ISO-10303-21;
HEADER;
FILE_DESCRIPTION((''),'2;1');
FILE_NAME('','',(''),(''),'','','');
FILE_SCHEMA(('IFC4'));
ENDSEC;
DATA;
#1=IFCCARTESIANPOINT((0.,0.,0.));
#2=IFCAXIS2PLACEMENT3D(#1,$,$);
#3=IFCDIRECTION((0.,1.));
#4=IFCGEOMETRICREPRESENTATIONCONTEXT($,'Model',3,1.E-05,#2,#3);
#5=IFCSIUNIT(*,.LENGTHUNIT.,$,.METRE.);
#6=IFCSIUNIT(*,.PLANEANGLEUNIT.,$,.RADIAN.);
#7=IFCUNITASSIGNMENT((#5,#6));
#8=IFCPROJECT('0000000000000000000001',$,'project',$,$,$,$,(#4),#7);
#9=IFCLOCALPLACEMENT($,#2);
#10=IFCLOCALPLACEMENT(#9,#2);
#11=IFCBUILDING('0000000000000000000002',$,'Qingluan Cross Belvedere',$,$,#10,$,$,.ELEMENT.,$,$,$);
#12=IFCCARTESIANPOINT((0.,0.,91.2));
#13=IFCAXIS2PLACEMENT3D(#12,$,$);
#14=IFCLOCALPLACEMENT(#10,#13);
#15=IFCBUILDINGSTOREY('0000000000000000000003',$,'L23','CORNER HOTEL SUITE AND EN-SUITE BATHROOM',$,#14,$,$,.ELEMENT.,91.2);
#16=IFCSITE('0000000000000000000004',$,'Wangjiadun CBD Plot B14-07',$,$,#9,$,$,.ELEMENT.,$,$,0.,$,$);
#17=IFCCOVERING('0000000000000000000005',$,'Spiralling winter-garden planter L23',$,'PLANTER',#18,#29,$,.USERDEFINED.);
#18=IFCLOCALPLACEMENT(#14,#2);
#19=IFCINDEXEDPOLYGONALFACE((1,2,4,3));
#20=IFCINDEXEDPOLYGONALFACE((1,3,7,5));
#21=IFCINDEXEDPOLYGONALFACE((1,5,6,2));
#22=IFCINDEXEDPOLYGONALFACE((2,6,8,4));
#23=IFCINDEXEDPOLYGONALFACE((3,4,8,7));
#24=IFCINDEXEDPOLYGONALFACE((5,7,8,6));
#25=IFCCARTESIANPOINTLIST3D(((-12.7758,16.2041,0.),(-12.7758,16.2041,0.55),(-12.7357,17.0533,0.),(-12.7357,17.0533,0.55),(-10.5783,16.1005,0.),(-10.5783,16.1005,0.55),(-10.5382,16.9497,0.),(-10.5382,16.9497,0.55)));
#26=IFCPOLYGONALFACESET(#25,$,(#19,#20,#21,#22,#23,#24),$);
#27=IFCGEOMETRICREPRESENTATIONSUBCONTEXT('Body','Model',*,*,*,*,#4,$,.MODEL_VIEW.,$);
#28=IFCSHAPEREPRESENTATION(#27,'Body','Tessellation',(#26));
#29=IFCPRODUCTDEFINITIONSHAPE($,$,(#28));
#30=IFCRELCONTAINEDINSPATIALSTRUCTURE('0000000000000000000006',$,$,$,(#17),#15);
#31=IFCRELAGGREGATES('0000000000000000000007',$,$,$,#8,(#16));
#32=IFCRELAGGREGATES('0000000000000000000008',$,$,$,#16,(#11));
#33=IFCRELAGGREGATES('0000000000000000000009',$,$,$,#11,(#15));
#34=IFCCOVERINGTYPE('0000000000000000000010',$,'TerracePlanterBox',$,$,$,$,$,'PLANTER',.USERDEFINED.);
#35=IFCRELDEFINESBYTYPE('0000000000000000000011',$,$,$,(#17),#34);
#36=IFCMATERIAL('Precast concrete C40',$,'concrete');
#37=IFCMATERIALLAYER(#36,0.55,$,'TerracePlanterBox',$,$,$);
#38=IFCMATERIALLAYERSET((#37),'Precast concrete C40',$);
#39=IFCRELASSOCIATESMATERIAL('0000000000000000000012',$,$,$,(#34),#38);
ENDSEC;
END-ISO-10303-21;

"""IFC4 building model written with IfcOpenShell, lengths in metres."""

from ifc_helpers import new_model, si_unit, direction, frame, origin, origin_2d, place, context, subcontext, project, spatial, rectangle, extrude, material, layer, layer_set, type_object, element, save


model = new_model("IFC4")

# Units and contexts
model_context = context("Model", 3, precision=1e-05, world=origin(), true_north=direction((0.0, 1.0)))
body_context = subcontext(model_context, "Body", "Model", "MODEL_VIEW")
ifc_project = project(units=[si_unit("LENGTHUNIT", "METRE"), si_unit("PLANEANGLEUNIT", "RADIAN")], contexts=[model_context])

# Site, building, storey
site_placement = place(None, origin())
site = spatial("IfcSite", under=ifc_project, at=site_placement, Name="Wangjiadun CBD Plot B14-07", CompositionType="ELEMENT", RefElevation=0.0)
building_placement = place(site_placement, origin())
building = spatial("IfcBuilding", under=site, at=building_placement, Name="Qingluan Cross Belvedere", CompositionType="ELEMENT")
storey_placement = place(building_placement, frame((0.0, 0.0, 91.2)))
storey = spatial("IfcBuildingStorey", under=building, at=storey_placement, Name="L23", Description="CORNER HOTEL SUITE AND EN-SUITE BATHROOM", CompositionType="ELEMENT", Elevation=91.2)

# Covering
ifc_material_1 = material(Name="Precast concrete C40", Category="concrete")
ifc_layer_1 = layer(ifc_material_1, 0.55, Name="TerracePlanterBox")
ifc_layer_set_1 = layer_set([ifc_layer_1], Name="Precast concrete C40")
covering_type_1 = type_object("IfcCoveringType", Name="TerracePlanterBox", ElementType="PLANTER", PredefinedType="USERDEFINED", material=ifc_layer_set_1)
covering_placement = place(storey_placement, frame((-11.657, 16.5769, 0.0), z_axis=(0.0, 0.0, 1.0), x_axis=(0.99889, -0.047106, 0.0)))
element("IfcCovering", 1, at=covering_placement, inside=storey, type_object=covering_type_1, Name="Spiralling winter-garden planter L23", ObjectType="PLANTER", PredefinedType="USERDEFINED", context=body_context, shape_type="SweptSolid", body=[
    extrude(rectangle(XDim=2.2, YDim=0.8501, at=origin_2d()), origin(), (0.0, 0.0, 1.0), 0.55),
])

save(model, "model.ifc")
